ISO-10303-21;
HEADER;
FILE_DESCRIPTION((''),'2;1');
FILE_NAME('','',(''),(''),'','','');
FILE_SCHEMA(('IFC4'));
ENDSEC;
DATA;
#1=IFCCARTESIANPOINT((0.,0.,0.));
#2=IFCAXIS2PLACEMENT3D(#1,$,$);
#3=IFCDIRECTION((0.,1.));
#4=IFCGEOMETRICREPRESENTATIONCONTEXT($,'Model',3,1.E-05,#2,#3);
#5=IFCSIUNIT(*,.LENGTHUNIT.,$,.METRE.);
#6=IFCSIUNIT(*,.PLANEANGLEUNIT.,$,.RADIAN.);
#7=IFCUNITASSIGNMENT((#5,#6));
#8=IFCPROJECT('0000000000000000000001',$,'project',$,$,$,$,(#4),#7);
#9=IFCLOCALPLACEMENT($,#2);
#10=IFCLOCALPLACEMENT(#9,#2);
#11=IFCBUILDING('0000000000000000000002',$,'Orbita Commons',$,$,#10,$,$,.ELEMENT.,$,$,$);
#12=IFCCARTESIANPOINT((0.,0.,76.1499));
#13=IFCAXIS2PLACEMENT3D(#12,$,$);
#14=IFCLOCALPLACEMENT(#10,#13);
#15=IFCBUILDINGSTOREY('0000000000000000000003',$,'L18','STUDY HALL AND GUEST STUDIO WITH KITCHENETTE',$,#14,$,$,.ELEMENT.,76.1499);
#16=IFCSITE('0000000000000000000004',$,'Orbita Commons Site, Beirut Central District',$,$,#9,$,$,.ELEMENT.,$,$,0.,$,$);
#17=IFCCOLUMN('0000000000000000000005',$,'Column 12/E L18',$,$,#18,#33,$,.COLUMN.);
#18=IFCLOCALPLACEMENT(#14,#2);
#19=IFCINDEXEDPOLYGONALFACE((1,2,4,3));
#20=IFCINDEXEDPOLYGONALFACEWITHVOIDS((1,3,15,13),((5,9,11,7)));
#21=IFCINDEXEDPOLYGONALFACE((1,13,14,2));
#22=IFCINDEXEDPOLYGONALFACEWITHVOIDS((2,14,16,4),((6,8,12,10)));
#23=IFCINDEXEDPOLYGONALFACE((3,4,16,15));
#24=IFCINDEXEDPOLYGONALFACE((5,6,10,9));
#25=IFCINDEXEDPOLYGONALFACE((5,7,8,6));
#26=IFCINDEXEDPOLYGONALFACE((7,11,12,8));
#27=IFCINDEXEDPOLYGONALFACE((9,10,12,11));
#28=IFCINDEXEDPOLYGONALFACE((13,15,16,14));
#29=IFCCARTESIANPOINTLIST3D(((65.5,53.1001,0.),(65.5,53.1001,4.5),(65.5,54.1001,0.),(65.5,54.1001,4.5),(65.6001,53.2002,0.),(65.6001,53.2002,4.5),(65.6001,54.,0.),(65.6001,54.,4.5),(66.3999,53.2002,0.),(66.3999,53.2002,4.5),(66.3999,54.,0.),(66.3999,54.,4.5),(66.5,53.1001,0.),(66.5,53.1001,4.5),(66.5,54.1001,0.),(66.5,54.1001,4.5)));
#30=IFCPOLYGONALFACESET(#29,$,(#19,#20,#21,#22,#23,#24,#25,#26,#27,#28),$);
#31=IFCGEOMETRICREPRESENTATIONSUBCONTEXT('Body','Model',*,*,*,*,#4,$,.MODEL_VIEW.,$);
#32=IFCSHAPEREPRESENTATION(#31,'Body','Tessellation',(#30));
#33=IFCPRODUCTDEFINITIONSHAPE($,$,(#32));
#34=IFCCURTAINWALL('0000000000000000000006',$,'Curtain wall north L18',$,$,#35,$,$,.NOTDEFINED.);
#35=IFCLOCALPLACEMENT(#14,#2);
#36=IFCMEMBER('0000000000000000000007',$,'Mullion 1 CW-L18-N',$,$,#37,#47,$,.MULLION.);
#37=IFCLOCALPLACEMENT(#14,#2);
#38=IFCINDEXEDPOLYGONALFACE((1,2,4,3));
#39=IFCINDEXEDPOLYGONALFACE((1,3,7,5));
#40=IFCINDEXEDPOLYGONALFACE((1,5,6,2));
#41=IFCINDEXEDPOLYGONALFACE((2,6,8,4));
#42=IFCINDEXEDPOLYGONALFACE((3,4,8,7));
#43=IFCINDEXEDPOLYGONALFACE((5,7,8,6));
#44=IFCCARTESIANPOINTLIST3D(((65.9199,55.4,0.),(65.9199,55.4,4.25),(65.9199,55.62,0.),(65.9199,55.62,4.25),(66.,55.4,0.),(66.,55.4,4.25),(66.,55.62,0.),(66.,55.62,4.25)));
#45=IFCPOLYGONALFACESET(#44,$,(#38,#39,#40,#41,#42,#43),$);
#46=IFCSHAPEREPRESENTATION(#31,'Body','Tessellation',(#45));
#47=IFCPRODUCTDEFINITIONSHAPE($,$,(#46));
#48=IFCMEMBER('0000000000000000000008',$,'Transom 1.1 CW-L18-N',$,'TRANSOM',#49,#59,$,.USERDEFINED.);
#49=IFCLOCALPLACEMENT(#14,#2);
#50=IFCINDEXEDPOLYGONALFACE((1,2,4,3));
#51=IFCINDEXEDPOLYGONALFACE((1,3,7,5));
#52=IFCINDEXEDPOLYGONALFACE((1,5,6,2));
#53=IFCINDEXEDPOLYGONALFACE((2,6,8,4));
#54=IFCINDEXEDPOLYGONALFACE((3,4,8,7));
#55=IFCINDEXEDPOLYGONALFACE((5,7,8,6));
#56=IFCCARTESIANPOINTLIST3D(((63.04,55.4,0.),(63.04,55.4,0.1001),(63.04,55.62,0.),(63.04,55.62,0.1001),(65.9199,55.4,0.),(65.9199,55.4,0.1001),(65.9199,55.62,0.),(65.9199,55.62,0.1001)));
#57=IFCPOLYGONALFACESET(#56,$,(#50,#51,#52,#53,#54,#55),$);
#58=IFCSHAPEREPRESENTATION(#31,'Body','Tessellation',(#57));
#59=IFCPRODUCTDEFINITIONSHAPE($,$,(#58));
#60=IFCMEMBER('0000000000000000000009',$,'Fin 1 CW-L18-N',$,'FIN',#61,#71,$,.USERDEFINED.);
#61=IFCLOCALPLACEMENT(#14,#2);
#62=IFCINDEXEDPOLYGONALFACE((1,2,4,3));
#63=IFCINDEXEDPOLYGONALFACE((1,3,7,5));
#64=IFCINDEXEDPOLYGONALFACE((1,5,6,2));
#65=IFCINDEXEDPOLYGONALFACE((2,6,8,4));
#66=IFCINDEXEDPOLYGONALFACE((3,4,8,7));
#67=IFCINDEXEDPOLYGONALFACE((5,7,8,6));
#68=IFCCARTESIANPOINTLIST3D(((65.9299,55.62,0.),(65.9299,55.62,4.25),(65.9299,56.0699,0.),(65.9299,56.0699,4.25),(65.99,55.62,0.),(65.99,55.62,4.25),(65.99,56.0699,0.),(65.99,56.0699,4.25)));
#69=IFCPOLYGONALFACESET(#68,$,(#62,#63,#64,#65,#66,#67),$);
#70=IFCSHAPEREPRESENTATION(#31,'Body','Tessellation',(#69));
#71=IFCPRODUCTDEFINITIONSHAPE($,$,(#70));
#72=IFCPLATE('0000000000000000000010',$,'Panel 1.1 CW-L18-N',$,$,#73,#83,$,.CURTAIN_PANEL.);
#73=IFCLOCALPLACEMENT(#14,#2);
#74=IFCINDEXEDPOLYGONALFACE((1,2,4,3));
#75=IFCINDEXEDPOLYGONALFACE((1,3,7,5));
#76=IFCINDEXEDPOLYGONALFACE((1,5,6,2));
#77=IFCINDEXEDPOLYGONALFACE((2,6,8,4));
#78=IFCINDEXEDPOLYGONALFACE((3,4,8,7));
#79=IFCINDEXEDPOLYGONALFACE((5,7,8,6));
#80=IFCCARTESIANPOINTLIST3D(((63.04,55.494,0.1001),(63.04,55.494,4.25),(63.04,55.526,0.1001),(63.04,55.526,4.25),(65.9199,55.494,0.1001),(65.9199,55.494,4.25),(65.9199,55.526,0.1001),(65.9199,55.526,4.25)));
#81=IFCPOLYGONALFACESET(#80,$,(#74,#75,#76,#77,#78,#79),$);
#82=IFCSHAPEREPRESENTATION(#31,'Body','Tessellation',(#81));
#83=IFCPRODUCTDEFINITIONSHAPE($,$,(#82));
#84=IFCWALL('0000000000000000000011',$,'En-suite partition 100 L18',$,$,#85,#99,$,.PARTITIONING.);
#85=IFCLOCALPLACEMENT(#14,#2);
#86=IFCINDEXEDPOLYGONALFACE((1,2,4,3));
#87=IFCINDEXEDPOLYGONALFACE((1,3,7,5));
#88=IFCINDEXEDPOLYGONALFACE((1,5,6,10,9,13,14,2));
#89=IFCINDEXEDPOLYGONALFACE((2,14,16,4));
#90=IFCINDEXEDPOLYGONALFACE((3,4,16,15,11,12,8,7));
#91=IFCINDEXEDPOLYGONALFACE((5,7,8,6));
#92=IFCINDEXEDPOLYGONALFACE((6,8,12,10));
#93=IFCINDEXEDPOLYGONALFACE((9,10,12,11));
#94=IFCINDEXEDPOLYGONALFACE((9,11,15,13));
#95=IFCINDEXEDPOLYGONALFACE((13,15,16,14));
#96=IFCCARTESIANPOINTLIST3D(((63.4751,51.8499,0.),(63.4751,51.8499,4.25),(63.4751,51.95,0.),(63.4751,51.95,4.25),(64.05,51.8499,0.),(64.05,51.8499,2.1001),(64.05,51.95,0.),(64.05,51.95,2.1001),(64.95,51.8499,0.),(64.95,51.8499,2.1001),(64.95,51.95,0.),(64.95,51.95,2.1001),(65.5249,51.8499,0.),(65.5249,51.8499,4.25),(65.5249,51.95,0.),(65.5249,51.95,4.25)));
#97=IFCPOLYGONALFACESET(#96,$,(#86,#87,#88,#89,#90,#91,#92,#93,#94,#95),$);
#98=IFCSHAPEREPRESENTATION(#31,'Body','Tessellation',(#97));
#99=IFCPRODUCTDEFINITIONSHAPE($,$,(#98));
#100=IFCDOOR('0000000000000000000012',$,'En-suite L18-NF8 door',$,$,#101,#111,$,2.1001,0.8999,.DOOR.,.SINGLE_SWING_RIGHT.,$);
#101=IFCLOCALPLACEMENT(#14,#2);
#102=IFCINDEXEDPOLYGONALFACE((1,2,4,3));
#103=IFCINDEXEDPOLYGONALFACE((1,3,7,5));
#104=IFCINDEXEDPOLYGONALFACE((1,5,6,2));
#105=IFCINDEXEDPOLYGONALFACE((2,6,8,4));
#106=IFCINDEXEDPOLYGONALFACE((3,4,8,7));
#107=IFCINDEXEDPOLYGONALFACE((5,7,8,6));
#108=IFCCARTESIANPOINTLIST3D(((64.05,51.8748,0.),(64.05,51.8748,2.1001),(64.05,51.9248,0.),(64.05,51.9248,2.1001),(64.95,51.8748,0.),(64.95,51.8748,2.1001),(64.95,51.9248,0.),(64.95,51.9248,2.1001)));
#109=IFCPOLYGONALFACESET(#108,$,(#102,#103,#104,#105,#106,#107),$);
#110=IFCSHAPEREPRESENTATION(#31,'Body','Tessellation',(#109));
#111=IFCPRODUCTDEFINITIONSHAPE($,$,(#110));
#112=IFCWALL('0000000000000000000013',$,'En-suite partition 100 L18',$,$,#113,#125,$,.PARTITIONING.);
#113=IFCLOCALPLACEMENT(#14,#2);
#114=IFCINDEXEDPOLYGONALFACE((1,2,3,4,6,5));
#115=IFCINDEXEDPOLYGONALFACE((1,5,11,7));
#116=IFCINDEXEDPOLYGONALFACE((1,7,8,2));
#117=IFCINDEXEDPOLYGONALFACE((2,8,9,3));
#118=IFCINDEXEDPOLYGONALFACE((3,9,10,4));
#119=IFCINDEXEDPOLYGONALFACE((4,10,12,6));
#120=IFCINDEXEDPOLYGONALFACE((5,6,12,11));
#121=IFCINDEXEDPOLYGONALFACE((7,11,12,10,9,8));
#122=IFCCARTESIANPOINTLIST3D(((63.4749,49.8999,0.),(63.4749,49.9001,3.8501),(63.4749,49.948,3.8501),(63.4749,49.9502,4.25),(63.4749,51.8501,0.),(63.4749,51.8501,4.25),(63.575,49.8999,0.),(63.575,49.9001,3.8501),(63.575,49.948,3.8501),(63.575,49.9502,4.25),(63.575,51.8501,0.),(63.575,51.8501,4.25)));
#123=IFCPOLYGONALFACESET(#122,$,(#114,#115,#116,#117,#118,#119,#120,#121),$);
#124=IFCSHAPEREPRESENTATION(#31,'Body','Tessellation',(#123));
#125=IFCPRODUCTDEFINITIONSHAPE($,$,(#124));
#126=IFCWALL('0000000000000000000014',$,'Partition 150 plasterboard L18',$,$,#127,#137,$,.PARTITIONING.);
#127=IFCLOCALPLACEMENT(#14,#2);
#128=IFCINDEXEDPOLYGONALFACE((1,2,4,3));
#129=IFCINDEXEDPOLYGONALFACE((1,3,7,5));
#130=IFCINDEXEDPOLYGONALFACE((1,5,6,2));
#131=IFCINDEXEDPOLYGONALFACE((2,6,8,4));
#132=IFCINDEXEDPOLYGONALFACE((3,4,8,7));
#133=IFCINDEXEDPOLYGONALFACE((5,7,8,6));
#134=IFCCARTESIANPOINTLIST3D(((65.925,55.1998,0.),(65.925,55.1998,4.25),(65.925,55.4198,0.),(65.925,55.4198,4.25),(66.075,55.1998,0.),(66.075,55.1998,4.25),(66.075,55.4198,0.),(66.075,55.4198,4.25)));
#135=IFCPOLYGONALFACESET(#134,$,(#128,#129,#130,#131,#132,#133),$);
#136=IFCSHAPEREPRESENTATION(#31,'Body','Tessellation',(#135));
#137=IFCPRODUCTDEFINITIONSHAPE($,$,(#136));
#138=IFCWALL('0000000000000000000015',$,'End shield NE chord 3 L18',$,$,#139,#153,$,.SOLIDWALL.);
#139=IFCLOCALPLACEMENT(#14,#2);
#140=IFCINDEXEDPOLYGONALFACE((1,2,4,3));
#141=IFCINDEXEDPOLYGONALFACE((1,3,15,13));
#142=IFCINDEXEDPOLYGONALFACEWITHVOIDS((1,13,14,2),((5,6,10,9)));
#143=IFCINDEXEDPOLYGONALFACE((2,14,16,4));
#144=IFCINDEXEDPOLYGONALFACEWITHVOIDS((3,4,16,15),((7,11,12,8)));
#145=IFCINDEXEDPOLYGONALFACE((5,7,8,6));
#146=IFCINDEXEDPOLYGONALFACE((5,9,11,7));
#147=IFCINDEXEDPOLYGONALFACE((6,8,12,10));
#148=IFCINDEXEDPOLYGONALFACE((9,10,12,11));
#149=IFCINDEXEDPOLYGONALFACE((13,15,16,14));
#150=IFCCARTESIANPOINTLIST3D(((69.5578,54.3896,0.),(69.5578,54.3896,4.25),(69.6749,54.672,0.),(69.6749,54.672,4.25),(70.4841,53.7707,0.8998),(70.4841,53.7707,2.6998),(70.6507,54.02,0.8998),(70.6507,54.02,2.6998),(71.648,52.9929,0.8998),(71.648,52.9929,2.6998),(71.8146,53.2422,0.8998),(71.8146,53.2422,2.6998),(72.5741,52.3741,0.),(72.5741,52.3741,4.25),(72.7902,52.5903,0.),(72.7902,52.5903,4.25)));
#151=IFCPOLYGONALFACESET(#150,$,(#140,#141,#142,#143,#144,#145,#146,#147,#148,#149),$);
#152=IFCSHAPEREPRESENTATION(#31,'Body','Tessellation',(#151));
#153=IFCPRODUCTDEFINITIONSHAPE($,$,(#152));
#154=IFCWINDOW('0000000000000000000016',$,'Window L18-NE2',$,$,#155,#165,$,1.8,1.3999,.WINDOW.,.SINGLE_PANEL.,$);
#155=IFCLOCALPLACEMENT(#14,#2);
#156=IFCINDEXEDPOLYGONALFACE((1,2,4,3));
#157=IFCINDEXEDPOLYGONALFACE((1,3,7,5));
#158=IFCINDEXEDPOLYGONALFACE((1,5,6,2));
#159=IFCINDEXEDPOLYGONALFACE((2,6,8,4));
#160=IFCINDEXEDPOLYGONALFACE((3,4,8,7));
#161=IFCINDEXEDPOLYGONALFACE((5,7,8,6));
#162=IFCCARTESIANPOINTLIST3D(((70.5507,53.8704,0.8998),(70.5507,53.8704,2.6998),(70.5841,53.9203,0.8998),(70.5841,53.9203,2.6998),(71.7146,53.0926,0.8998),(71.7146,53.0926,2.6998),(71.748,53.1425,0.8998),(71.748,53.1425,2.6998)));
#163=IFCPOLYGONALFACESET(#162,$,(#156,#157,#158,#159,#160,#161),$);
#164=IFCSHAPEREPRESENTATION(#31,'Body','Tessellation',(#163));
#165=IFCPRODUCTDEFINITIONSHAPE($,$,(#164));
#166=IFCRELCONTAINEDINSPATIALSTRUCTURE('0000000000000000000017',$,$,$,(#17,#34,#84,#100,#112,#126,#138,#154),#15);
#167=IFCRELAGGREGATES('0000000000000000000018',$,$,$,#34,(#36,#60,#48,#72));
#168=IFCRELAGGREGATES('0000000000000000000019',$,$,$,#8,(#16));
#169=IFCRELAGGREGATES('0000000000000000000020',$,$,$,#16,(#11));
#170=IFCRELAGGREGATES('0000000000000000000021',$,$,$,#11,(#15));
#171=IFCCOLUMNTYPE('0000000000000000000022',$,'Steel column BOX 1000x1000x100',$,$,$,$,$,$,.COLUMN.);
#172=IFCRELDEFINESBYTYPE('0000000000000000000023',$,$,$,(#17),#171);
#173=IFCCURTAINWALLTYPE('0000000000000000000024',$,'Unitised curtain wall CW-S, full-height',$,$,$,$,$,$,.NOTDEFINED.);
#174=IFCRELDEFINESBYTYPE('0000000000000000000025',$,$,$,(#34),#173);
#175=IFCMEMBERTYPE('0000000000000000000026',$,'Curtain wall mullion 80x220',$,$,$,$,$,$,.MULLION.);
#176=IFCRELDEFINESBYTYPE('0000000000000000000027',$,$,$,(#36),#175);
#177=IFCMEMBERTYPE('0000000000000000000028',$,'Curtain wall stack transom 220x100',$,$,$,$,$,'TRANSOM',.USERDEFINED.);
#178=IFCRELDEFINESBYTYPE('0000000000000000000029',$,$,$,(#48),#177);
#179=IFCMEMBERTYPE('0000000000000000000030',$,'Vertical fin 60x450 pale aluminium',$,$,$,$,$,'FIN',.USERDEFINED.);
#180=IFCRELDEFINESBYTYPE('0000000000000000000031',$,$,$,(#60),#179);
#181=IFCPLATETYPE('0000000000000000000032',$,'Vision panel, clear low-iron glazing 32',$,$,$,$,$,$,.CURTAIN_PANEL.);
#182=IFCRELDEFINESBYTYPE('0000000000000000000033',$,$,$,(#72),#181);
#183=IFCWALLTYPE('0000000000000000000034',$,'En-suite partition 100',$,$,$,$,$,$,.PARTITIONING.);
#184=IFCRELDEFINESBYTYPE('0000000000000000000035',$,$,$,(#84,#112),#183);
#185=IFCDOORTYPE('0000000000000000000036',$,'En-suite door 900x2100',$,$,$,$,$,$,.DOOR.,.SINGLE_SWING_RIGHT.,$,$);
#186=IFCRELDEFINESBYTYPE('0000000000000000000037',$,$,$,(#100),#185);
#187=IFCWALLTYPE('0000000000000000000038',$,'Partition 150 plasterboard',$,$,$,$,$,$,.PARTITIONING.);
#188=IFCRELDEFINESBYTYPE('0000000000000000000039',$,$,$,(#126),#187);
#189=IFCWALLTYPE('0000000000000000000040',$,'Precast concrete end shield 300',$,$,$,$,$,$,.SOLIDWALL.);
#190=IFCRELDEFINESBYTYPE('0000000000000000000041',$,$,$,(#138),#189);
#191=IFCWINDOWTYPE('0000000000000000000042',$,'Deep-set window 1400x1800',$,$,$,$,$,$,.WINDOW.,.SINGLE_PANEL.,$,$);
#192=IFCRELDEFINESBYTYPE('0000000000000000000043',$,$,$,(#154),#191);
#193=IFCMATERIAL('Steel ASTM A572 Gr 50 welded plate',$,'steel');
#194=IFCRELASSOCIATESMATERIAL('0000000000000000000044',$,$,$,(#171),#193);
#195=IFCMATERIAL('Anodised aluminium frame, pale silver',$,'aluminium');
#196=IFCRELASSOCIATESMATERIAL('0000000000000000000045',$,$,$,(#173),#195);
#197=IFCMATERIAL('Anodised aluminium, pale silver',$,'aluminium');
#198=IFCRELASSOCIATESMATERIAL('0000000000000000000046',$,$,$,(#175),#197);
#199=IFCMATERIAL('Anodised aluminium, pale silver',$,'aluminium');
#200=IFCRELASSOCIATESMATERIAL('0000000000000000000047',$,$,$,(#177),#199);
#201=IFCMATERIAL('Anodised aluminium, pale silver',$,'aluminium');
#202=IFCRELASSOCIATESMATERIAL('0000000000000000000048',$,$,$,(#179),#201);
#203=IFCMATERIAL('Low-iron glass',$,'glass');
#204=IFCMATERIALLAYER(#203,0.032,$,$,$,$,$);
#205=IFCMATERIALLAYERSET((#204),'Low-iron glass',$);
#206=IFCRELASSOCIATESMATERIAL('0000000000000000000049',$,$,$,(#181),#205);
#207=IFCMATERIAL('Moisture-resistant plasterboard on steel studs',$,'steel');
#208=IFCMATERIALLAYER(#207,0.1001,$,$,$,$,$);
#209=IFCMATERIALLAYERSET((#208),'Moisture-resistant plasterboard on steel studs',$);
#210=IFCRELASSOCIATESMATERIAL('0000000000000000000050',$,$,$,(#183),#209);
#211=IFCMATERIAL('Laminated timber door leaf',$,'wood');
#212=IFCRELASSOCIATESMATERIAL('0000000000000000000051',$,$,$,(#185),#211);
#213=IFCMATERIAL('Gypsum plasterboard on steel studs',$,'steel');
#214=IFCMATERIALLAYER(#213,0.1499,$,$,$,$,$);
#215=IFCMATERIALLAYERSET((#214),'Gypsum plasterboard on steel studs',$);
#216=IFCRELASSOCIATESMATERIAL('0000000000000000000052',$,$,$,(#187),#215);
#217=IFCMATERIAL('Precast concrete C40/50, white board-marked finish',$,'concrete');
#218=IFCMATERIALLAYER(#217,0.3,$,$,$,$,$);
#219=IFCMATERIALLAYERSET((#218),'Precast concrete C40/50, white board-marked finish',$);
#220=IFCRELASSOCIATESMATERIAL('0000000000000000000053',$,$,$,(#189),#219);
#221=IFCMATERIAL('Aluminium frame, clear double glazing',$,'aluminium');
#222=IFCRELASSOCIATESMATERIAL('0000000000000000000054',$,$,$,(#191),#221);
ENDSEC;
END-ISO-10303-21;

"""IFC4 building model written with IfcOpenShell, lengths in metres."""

from ifc_helpers import new_model, si_unit, direction, frame, frame_2d, origin, origin_2d, place, context, subcontext, project, spatial, polyline, rectangle, hollow_rectangle, outline, extrude, material, layer, layer_set, material_profile, profile_set, type_object, element, fill, aggregate, save


model = new_model("IFC4")

# Units and contexts
model_context = context("Model", 3, precision=1e-05, world=origin(), true_north=direction((0.0, 1.0)))
body_context = subcontext(model_context, "Body", "Model", "MODEL_VIEW")
ifc_project = project(units=[si_unit("LENGTHUNIT", "METRE"), si_unit("PLANEANGLEUNIT", "RADIAN")], contexts=[model_context])

# Site, building, storey
site_placement = place(None, origin())
site = spatial("IfcSite", under=ifc_project, at=site_placement, Name="Orbita Commons Site, Beirut Central District", CompositionType="ELEMENT", RefElevation=0.0)
building_placement = place(site_placement, origin())
building = spatial("IfcBuilding", under=site, at=building_placement, Name="Orbita Commons", CompositionType="ELEMENT")
storey_placement = place(building_placement, frame((0.0, 0.0, 76.1499)))
storey = spatial("IfcBuildingStorey", under=building, at=storey_placement, Name="L18", Description="STUDY HALL AND GUEST STUDIO WITH KITCHENETTE", CompositionType="ELEMENT", Elevation=76.1499)

# Column
ifc_material_1 = material(Name="Steel ASTM A572 Gr 50 welded plate", Category="steel")
ifc_material_profile_1 = material_profile(ifc_material_1, hollow_rectangle(XDim=1.0, YDim=1.0, WallThickness=0.1001, at=origin_2d()), Name="BOX 1000x1000x100")
ifc_profile_set_1 = profile_set([ifc_material_profile_1], Name="Steel ASTM A572 Gr 50 welded plate")
column_type = type_object("IfcColumnType", Name="Steel column BOX 1000x1000x100", PredefinedType="COLUMN", material=ifc_profile_set_1)
column_placement = place(storey_placement, frame((66.0, 53.6001, 0.0), z_axis=(0.0, 0.0, 1.0), x_axis=(1.0, 0.0, 0.0)))
element("IfcColumn", 1, at=column_placement, inside=storey, type_object=column_type, Name="Column 12/E L18", PredefinedType="COLUMN", context=body_context, shape_type="SweptSolid", body=[
    extrude(hollow_rectangle(XDim=1.0, YDim=1.0, WallThickness=0.1001, at=origin_2d()), origin(), (0.0, 0.0, 1.0), 4.5),
])

# Curtain wall, members, plate
ifc_material_2 = material(Name="Anodised aluminium frame, pale silver", Category="aluminium")
curtain_wall_type = type_object("IfcCurtainWallType", Name="Unitised curtain wall CW-S, full-height", PredefinedType="NOTDEFINED", material=ifc_material_2)
curtain_wall_placement = place(storey_placement, origin())
curtain_wall = element("IfcCurtainWall", 2, at=curtain_wall_placement, inside=storey, type_object=curtain_wall_type, Name="Curtain wall north L18", PredefinedType="NOTDEFINED")
ifc_material_3 = material(Name="Anodised aluminium, pale silver", Category="aluminium")
ifc_material_profile_2 = material_profile(ifc_material_3, rectangle(XDim=0.0801, YDim=0.22, at=origin_2d()), Name="AL 80x220")
ifc_profile_set_2 = profile_set([ifc_material_profile_2], Name="Anodised aluminium, pale silver")
member_type_1 = type_object("IfcMemberType", Name="Curtain wall mullion 80x220", PredefinedType="MULLION", material=ifc_profile_set_2)
member_1_placement = place(storey_placement, frame((65.96, 55.51, 0.0), z_axis=(0.0, 0.0, 1.0), x_axis=(-1.0, 0.0, 0.0)))
member_1 = element("IfcMember", 3, at=member_1_placement, type_object=member_type_1, Name="Mullion 1 CW-L18-N", PredefinedType="MULLION", context=body_context, shape_type="SweptSolid", body=[
    extrude(rectangle(XDim=0.0801, YDim=0.22, at=origin_2d()), origin(), (0.0, 0.0, 1.0), 4.25),
])
ifc_material_4 = material(Name="Anodised aluminium, pale silver", Category="aluminium")
ifc_material_profile_3 = material_profile(ifc_material_4, rectangle(XDim=0.22, YDim=0.1001, at=origin_2d()), Name="AL 220x100")
ifc_profile_set_3 = profile_set([ifc_material_profile_3], Name="Anodised aluminium, pale silver")
member_type_2 = type_object("IfcMemberType", Name="Curtain wall stack transom 220x100", ElementType="TRANSOM", PredefinedType="USERDEFINED", material=ifc_profile_set_3)
member_2_placement = place(storey_placement, frame((65.9199, 55.51, 0.05), z_axis=(-1.0, 0.0, 0.0), x_axis=(0.0, -1.0, 0.0)))
member_2 = element("IfcMember", 4, at=member_2_placement, type_object=member_type_2, Name="Transom 1.1 CW-L18-N", ObjectType="TRANSOM", PredefinedType="USERDEFINED", context=body_context, shape_type="SweptSolid", body=[
    extrude(rectangle(XDim=0.22, YDim=0.1001, at=origin_2d()), origin(), (0.0, 0.0, 1.0), 2.8799),
])
ifc_material_5 = material(Name="Anodised aluminium, pale silver", Category="aluminium")
ifc_material_profile_4 = material_profile(ifc_material_5, rectangle(XDim=0.0601, YDim=0.45, at=origin_2d()), Name="FIN 60x450")
ifc_profile_set_4 = profile_set([ifc_material_profile_4], Name="Anodised aluminium, pale silver")
member_type_3 = type_object("IfcMemberType", Name="Vertical fin 60x450 pale aluminium", ElementType="FIN", PredefinedType="USERDEFINED", material=ifc_profile_set_4)
member_3_placement = place(storey_placement, frame((65.96, 55.845, 0.0), z_axis=(0.0, 0.0, 1.0), x_axis=(-1.0, 0.0, 0.0)))
member_3 = element("IfcMember", 5, at=member_3_placement, type_object=member_type_3, Name="Fin 1 CW-L18-N", ObjectType="FIN", PredefinedType="USERDEFINED", context=body_context, shape_type="SweptSolid", body=[
    extrude(rectangle(XDim=0.0601, YDim=0.45, at=origin_2d()), origin(), (0.0, 0.0, 1.0), 4.25),
])
ifc_material_6 = material(Name="Low-iron glass", Category="glass")
ifc_layer_1 = layer(ifc_material_6, 0.032)
ifc_layer_set_1 = layer_set([ifc_layer_1], Name="Low-iron glass")
plate_type = type_object("IfcPlateType", Name="Vision panel, clear low-iron glazing 32", PredefinedType="CURTAIN_PANEL", material=ifc_layer_set_1)
plate_placement = place(storey_placement, frame((64.48, 55.51, 0.1001), z_axis=(0.0, 0.0, 1.0), x_axis=(-1.0, 0.0, 0.0)))
plate = element("IfcPlate", 6, at=plate_placement, type_object=plate_type, Name="Panel 1.1 CW-L18-N", PredefinedType="CURTAIN_PANEL", context=body_context, shape_type="SweptSolid", body=[
    extrude(rectangle(XDim=2.8799, YDim=0.032, at=origin_2d()), origin(), (0.0, 0.0, 1.0), 4.1499),
])
aggregate(curtain_wall, [member_1, member_3, member_2, plate])

# Wall, opening, door
ifc_material_7 = material(Name="Moisture-resistant plasterboard on steel studs", Category="steel")
ifc_layer_2 = layer(ifc_material_7, 0.1001)
ifc_layer_set_2 = layer_set([ifc_layer_2], Name="Moisture-resistant plasterboard on steel studs")
wall_type_1 = type_object("IfcWallType", Name="En-suite partition 100", PredefinedType="PARTITIONING", material=ifc_layer_set_2)
wall_1_placement = place(storey_placement, frame((63.4751, 51.8999, 0.0), z_axis=(0.0, 0.0, 1.0), x_axis=(1.0, 0.0, 0.0)))
wall_1 = element("IfcWall", 7, at=wall_1_placement, inside=storey, type_object=wall_type_1, Name="En-suite partition 100 L18", PredefinedType="PARTITIONING", context=body_context, shape_type="SweptSolid", body=[
    extrude(rectangle(XDim=2.0498, YDim=0.1001, at=frame_2d((1.0249, 0.0))), origin(), (0.0, 0.0, 1.0), 4.25),
])
opening_1_placement = place(wall_1_placement, frame((0.575, 0.0, 0.0)))
opening_1 = element("IfcOpeningElement", 8, at=opening_1_placement, cuts=wall_1, PredefinedType="OPENING", context=body_context, shape_type="SweptSolid", body=[
    extrude(rectangle(XDim=0.8999, YDim=2.1001, at=frame_2d((0.45, 1.05))), frame((0.0, 0.0601, 0.0), z_axis=(0.0, -1.0, 0.0), x_axis=(1.0, 0.0, 0.0)), (0.0, 0.0, 1.0), 0.1201),
])
ifc_material_8 = material(Name="Laminated timber door leaf", Category="wood")
door_type = type_object("IfcDoorType", Name="En-suite door 900x2100", OperationType="SINGLE_SWING_RIGHT", PredefinedType="DOOR", material=ifc_material_8)
door_placement = place(opening_1_placement, origin())
door = element("IfcDoor", 9, at=door_placement, inside=storey, type_object=door_type, Name="En-suite L18-NF8 door", OperationType="SINGLE_SWING_RIGHT", OverallHeight=2.1001, OverallWidth=0.8999, PredefinedType="DOOR", context=body_context, shape_type="SweptSolid", body=[
    extrude(rectangle(XDim=0.8999, YDim=2.1001, at=frame_2d((0.45, 1.05))), frame((0.0, 0.0249, 0.0), z_axis=(0.0, -1.0, 0.0), x_axis=(1.0, 0.0, 0.0)), (0.0, 0.0, 1.0), 0.05),
])
fill(opening_1, door)

# Walls
wall_2_placement = place(storey_placement, frame((63.5249, 51.8501, 0.0), z_axis=(0.0, 0.0, 1.0), x_axis=(0.0, -1.0, 0.0)))
element("IfcWall", 10, at=wall_2_placement, inside=storey, type_object=wall_type_1, Name="En-suite partition 100 L18", PredefinedType="PARTITIONING", context=body_context, shape_type="SweptSolid", body=[
    extrude(outline(polyline([(0.0, 0.0), (1.9502, 0.0), (1.95, 3.8501), (1.9021, 3.8501), (1.8999, 4.25), (0.0, 4.25), (0.0, 0.0)])), frame((0.0, 0.05, 0.0), z_axis=(0.0, -1.0, 0.0), x_axis=(1.0, 0.0, 0.0)), (0.0, 0.0, 1.0), 0.1001),
])
ifc_material_9 = material(Name="Gypsum plasterboard on steel studs", Category="steel")
ifc_layer_3 = layer(ifc_material_9, 0.1499)
ifc_layer_set_3 = layer_set([ifc_layer_3], Name="Gypsum plasterboard on steel studs")
wall_type_2 = type_object("IfcWallType", Name="Partition 150 plasterboard", PredefinedType="PARTITIONING", material=ifc_layer_set_3)
wall_3_placement = place(storey_placement, frame((66.0, 55.2, 0.0), z_axis=(0.0, 0.0, 1.0), x_axis=(0.0, 1.0, 0.0)))
element("IfcWall", 11, at=wall_3_placement, inside=storey, type_object=wall_type_2, Name="Partition 150 plasterboard L18", PredefinedType="PARTITIONING", context=body_context, shape_type="SweptSolid", body=[
    extrude(rectangle(XDim=0.22, YDim=0.1499, at=frame_2d((0.1099, 0.0))), origin(), (0.0, 0.0, 1.0), 4.25),
])

# Wall, opening, window
ifc_material_10 = material(Name="Precast concrete C40/50, white board-marked finish", Category="concrete")
ifc_layer_4 = layer(ifc_material_10, 0.3)
ifc_layer_set_4 = layer_set([ifc_layer_4], Name="Precast concrete C40/50, white board-marked finish")
wall_type_3 = type_object("IfcWallType", Name="Precast concrete end shield 300", PredefinedType="SOLIDWALL", material=ifc_layer_set_4)
wall_4_placement = place(storey_placement, frame((72.6821, 52.4822, 0.0), z_axis=(0.0, 0.0, 1.0), x_axis=(-0.831449, 0.555601, 0.0)))
wall_4 = element("IfcWall", 12, at=wall_4_placement, inside=storey, type_object=wall_type_3, Name="End shield NE chord 3 L18", PredefinedType="SOLIDWALL", context=body_context, shape_type="SweptSolid", body=[
    extrude(outline(polyline([(-0.0298, -0.1499), (3.717, -0.1499), (3.6575, 0.1499), (0.0298, 0.1499), (-0.0298, -0.1499)])), origin(), (0.0, 0.0, 1.0), 4.25),
])
opening_2_placement = place(wall_4_placement, frame((1.1436, 0.0, 0.8999)))
opening_2 = element("IfcOpeningElement", 13, at=opening_2_placement, cuts=wall_4, PredefinedType="OPENING", context=body_context, shape_type="SweptSolid", body=[
    extrude(rectangle(XDim=1.3999, YDim=1.8, at=frame_2d((0.7, 0.8999))), frame((0.0, 0.1599, 0.0), z_axis=(0.0, -1.0, 0.0), x_axis=(1.0, 0.0, 0.0)), (0.0, 0.0, 1.0), 0.3201),
])
ifc_material_11 = material(Name="Aluminium frame, clear double glazing", Category="aluminium")
window_type = type_object("IfcWindowType", Name="Deep-set window 1400x1800", PartitioningType="SINGLE_PANEL", PredefinedType="WINDOW", material=ifc_material_11)
window_1_placement = place(opening_2_placement, origin())
window_1 = element("IfcWindow", 14, at=window_1_placement, inside=storey, type_object=window_type, Name="Window L18-NE2", OverallHeight=1.8, OverallWidth=1.3999, PartitioningType="SINGLE_PANEL", PredefinedType="WINDOW", context=body_context, shape_type="SweptSolid", body=[
    extrude(rectangle(XDim=1.3999, YDim=1.8, at=frame_2d((0.7, 0.8999))), frame((0.0, 0.03, 0.0), z_axis=(0.0, -1.0, 0.0), x_axis=(1.0, 0.0, 0.0)), (0.0, 0.0, 1.0), 0.0601),
])
fill(opening_2, window_1)

save(model, "model.ifc")
